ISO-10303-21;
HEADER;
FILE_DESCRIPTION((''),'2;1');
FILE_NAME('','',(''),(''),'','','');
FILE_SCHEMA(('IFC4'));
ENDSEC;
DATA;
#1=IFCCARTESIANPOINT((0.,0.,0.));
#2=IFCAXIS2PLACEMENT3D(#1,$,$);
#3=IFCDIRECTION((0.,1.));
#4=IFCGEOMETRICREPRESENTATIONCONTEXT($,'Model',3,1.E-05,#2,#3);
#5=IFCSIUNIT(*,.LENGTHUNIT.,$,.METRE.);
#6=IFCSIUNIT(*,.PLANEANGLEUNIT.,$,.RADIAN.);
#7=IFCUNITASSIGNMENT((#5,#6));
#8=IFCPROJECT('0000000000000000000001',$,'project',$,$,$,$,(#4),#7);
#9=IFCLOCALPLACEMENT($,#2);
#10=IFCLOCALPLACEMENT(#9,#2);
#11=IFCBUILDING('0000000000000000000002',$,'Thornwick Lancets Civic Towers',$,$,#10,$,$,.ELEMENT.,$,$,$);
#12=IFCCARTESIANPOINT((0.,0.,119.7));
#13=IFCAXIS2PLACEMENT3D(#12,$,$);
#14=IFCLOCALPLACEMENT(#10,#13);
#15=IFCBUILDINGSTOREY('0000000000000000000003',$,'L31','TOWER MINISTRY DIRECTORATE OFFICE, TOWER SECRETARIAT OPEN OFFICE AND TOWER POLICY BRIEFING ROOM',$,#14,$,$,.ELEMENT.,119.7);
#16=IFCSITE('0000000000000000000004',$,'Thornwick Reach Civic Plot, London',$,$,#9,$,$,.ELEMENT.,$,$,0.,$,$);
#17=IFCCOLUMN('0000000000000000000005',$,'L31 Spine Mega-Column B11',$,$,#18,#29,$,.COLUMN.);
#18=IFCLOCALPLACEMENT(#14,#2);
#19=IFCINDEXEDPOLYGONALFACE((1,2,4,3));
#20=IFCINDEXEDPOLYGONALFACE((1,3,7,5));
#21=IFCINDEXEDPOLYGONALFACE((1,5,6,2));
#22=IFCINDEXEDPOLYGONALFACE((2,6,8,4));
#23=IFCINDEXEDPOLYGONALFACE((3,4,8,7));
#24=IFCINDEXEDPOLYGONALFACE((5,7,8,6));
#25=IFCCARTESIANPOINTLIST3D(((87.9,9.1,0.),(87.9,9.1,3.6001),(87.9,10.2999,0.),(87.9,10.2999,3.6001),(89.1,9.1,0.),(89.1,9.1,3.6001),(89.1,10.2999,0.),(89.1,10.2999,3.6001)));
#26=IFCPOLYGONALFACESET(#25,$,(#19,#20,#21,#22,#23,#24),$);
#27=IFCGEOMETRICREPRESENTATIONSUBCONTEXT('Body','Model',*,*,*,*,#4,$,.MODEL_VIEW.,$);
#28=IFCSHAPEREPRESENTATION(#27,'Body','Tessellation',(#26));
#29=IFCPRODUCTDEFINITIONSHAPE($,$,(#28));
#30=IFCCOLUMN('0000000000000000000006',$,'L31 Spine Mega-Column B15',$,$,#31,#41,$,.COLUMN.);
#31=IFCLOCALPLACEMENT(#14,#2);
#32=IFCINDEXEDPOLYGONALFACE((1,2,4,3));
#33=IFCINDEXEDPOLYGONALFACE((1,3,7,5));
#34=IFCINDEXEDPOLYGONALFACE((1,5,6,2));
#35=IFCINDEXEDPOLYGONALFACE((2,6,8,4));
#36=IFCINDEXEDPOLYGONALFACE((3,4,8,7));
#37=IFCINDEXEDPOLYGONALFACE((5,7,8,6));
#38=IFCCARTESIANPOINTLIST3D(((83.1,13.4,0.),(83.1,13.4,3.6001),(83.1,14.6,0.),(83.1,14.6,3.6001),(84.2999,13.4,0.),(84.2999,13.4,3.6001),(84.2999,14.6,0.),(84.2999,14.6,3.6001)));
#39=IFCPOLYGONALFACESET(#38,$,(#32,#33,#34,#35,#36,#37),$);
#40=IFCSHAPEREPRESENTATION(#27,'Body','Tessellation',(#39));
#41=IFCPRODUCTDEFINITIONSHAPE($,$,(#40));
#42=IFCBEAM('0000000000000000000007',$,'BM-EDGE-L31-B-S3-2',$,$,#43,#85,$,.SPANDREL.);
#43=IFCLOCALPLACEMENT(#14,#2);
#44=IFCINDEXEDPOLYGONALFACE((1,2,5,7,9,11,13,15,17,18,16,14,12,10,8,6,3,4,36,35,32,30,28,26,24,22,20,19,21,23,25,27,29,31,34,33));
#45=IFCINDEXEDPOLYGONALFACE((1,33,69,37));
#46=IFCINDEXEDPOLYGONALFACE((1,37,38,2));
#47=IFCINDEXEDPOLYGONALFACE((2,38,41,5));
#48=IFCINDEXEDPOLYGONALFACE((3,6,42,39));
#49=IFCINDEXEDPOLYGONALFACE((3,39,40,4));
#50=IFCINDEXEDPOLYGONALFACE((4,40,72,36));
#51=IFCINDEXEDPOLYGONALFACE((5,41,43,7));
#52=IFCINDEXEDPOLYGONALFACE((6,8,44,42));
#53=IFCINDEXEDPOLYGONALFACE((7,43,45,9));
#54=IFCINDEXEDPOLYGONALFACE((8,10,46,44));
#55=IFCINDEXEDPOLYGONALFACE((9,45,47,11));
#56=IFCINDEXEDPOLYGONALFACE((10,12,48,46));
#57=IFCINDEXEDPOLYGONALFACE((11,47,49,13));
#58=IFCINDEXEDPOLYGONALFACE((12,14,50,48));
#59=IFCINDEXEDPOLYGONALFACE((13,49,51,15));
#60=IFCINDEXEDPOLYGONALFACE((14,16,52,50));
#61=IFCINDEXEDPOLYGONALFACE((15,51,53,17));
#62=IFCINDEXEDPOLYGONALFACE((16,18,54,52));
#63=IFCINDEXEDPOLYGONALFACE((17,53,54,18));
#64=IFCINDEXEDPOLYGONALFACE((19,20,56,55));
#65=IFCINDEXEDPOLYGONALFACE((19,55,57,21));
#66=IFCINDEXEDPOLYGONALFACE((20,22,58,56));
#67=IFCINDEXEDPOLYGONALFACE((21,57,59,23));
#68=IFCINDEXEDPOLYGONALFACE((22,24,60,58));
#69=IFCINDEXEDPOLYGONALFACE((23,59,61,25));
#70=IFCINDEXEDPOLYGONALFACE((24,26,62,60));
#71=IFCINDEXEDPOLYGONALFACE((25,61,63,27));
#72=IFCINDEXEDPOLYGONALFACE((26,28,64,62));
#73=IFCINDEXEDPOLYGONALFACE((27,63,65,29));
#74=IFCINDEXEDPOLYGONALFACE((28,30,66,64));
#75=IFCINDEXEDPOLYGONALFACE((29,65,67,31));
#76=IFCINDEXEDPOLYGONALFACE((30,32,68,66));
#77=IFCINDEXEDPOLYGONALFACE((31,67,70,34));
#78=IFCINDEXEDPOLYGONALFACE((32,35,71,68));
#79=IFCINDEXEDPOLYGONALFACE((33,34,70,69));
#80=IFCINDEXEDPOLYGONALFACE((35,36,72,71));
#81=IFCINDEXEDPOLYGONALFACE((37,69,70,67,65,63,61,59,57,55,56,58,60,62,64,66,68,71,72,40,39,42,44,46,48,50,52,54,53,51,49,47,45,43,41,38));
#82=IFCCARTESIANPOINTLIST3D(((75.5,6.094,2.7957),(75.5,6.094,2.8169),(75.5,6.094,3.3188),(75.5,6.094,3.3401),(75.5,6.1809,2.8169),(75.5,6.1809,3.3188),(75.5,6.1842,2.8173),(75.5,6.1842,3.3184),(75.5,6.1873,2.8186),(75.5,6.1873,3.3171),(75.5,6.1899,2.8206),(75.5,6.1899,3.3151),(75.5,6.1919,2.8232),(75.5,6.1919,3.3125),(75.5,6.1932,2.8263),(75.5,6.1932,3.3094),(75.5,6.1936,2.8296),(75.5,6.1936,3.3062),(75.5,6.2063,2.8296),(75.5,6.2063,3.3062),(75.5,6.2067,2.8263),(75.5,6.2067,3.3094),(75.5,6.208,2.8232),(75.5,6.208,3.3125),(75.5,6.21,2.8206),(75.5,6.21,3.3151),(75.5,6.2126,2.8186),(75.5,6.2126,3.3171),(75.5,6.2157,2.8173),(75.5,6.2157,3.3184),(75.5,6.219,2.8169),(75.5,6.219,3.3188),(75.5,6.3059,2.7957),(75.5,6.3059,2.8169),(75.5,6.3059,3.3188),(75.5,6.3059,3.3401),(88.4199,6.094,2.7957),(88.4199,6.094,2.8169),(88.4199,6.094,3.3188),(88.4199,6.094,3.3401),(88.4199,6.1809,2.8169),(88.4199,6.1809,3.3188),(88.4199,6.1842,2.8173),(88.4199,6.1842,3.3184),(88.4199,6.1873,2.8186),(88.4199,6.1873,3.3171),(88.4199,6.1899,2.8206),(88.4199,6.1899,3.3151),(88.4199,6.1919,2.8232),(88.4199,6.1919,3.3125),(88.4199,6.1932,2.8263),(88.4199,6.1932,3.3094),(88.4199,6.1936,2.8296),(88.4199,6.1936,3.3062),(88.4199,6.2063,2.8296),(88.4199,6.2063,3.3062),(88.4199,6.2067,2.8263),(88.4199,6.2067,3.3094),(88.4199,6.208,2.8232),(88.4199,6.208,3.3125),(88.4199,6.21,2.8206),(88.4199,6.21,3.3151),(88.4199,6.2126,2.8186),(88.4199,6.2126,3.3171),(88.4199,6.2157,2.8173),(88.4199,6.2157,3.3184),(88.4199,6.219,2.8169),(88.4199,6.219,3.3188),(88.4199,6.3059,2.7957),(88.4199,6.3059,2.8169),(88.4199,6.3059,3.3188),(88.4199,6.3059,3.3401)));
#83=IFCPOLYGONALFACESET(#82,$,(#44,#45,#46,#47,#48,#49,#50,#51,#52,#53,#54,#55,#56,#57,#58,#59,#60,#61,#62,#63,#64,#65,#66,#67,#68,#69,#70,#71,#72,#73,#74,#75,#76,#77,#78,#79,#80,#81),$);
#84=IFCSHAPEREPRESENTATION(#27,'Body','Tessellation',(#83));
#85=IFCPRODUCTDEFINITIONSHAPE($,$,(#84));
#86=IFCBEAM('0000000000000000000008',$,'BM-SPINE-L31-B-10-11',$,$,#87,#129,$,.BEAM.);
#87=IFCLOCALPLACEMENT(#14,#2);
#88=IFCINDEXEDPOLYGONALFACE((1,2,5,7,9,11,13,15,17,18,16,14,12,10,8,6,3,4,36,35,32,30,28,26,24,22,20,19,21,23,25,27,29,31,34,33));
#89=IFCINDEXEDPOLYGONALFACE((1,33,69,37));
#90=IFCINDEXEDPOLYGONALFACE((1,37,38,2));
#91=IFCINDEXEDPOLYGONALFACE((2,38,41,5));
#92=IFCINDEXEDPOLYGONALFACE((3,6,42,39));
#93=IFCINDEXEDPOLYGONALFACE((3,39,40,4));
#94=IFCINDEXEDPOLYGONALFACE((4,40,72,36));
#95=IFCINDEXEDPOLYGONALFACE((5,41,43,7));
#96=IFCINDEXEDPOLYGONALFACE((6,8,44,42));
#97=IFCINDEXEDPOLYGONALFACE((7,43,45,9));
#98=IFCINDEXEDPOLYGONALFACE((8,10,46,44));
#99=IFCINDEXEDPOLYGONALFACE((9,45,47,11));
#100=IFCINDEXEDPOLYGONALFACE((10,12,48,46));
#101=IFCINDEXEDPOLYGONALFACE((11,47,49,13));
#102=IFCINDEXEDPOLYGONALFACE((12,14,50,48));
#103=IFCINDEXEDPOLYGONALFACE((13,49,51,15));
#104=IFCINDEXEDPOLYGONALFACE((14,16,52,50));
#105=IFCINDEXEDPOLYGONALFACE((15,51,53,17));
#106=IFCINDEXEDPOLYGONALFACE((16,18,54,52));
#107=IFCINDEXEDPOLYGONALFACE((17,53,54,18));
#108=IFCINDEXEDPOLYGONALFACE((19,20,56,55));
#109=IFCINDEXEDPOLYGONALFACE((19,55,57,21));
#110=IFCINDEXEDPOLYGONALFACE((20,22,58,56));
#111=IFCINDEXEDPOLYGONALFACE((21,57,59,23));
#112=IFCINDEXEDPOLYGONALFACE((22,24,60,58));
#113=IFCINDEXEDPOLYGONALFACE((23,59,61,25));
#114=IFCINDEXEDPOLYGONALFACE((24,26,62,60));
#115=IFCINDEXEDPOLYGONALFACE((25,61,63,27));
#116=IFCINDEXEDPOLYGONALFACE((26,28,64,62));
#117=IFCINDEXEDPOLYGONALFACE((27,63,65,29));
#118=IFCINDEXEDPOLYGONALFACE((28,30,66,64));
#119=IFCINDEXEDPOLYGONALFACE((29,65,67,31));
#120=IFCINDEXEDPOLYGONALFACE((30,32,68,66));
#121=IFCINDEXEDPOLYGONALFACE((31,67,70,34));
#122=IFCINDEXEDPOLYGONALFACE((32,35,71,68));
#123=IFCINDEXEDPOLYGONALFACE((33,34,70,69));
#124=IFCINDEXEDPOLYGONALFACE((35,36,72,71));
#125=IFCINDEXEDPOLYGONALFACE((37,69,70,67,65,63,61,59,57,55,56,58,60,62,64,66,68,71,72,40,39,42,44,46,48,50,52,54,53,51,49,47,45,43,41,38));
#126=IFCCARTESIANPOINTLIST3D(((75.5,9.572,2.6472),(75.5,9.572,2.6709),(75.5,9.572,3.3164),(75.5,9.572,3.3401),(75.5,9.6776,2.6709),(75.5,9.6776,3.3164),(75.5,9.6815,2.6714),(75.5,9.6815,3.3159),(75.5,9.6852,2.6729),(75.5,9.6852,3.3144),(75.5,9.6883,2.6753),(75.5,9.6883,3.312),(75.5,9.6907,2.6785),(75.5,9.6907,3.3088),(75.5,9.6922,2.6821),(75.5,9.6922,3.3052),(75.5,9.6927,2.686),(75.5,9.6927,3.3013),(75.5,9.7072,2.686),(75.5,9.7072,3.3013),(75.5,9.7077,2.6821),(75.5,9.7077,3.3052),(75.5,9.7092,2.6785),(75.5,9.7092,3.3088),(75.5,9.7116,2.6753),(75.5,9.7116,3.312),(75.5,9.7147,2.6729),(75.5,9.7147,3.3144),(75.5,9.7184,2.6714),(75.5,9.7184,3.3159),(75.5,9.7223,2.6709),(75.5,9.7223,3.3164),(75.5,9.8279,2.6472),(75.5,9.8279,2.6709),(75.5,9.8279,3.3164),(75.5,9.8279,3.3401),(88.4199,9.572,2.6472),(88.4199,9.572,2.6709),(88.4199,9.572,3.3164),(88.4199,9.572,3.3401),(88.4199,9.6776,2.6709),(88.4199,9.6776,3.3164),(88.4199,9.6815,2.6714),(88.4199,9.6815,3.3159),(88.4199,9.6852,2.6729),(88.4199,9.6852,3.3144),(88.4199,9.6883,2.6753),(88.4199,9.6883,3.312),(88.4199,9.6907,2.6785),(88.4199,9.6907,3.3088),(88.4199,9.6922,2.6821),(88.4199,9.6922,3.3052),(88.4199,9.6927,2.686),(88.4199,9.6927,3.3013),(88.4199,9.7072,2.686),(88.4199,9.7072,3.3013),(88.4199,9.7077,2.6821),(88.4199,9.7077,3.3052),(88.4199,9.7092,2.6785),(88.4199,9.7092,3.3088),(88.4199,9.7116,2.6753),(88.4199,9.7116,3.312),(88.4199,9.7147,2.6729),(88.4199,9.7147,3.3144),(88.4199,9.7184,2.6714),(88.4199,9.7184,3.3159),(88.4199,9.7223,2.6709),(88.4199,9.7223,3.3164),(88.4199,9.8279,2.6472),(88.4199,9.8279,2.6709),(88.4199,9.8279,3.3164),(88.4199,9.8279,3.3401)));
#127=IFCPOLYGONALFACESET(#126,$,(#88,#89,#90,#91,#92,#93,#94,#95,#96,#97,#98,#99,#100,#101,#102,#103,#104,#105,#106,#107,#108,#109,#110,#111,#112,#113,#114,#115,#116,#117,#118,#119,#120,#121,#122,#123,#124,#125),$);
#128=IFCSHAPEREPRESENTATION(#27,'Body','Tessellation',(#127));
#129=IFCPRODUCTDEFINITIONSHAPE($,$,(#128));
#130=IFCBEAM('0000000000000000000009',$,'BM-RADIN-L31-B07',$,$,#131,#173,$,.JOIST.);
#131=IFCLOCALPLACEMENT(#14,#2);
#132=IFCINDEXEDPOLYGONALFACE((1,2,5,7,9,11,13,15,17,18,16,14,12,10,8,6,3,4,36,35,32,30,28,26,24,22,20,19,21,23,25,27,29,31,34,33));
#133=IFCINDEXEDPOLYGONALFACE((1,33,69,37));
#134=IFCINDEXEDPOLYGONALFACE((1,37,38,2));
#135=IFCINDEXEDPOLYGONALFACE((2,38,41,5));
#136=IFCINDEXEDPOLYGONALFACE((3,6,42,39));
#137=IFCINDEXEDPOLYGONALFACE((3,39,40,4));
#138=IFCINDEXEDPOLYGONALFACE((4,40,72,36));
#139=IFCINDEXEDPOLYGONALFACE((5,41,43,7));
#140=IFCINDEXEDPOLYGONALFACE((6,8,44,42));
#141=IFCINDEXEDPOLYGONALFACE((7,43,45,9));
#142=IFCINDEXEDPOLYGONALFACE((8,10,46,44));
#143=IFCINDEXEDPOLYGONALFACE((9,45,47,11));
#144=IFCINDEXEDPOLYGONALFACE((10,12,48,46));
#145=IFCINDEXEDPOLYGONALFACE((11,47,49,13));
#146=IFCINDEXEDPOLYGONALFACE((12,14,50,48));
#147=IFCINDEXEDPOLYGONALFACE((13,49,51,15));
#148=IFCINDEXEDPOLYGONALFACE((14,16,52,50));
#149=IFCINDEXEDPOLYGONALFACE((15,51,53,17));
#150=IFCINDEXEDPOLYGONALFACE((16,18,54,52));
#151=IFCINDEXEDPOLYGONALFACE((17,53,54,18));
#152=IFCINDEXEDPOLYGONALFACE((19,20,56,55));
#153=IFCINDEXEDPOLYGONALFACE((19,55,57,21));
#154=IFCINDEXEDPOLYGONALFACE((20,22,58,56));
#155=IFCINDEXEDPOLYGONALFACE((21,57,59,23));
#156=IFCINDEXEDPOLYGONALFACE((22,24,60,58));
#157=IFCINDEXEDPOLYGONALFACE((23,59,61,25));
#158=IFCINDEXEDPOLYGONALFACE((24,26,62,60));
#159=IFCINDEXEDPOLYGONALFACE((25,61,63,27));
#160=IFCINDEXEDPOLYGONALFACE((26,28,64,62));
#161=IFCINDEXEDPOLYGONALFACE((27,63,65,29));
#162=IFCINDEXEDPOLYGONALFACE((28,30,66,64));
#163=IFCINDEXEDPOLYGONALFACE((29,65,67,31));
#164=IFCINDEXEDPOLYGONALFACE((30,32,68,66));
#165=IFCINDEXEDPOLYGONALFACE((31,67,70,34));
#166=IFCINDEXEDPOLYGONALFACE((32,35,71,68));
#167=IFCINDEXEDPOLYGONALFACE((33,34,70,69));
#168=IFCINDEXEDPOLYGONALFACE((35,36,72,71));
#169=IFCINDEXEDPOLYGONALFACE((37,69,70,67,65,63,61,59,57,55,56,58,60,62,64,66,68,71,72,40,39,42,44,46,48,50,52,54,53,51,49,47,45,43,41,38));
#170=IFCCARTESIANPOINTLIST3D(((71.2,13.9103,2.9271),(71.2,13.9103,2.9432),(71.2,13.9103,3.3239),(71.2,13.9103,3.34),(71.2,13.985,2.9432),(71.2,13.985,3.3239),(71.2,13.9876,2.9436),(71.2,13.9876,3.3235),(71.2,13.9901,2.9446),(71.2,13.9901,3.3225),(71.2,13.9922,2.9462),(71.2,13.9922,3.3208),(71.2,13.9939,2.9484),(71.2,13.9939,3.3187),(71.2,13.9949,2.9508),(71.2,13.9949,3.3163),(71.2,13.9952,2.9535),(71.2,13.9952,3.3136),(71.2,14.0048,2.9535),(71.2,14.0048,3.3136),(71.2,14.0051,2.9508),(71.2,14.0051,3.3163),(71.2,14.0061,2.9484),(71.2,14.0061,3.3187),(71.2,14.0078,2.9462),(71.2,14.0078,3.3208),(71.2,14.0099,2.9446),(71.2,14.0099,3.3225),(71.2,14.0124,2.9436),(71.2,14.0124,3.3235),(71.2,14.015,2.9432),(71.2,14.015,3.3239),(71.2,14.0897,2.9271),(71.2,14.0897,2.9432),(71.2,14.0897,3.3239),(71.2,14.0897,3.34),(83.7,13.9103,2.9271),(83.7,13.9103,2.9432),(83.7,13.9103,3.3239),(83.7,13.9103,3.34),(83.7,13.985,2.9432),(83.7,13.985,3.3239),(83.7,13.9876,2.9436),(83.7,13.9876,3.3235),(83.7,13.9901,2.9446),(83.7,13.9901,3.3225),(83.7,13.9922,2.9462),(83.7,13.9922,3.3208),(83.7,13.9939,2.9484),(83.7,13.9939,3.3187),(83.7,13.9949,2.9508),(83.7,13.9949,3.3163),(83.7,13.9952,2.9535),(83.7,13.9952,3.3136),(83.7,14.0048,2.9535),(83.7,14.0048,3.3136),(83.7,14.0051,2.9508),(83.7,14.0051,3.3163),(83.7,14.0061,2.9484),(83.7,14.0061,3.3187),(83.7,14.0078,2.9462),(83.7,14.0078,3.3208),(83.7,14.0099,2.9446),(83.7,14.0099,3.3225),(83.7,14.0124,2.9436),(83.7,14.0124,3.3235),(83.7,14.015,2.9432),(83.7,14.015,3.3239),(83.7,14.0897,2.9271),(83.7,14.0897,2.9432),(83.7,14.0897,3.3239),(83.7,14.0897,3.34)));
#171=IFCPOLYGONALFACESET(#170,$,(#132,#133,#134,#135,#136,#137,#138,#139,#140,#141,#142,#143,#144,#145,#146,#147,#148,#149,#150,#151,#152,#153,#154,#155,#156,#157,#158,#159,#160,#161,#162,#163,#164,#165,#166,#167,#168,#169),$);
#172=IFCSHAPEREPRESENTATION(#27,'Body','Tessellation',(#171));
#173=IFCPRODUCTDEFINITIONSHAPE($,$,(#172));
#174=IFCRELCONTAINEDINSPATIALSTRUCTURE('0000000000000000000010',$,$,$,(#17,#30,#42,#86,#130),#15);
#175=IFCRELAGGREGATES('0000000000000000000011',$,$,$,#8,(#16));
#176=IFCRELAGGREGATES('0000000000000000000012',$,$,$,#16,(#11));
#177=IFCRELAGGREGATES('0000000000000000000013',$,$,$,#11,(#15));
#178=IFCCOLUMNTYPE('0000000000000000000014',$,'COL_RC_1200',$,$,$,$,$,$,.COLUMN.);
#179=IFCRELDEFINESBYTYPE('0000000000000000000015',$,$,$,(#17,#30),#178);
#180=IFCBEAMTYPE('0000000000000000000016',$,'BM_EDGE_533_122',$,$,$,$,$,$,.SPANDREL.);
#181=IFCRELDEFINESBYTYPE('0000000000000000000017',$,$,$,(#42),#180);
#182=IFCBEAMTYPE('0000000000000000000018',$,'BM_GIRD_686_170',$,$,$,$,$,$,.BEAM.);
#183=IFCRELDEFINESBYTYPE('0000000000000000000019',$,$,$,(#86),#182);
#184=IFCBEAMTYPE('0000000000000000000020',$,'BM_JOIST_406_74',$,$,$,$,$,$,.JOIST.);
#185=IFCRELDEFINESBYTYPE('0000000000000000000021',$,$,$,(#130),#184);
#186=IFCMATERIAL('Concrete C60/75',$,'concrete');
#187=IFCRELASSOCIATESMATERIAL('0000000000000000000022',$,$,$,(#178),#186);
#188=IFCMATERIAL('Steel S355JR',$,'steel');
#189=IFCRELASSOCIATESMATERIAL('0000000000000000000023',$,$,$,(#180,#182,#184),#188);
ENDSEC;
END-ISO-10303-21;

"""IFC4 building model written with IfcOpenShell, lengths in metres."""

from ifc_helpers import new_model, si_unit, direction, frame, origin, origin_2d, place, context, subcontext, project, spatial, rectangle, i_section, extrude, material, material_profile, profile_set, type_object, element, save


model = new_model("IFC4")

# Units and contexts
model_context = context("Model", 3, precision=1e-05, world=origin(), true_north=direction((0.0, 1.0)))
body_context = subcontext(model_context, "Body", "Model", "MODEL_VIEW")
ifc_project = project(units=[si_unit("LENGTHUNIT", "METRE"), si_unit("PLANEANGLEUNIT", "RADIAN")], contexts=[model_context])

# Site, building, storey
site_placement = place(None, origin())
site = spatial("IfcSite", under=ifc_project, at=site_placement, Name="Thornwick Reach Civic Plot, London", CompositionType="ELEMENT", RefElevation=0.0)
building_placement = place(site_placement, origin())
building = spatial("IfcBuilding", under=site, at=building_placement, Name="Thornwick Lancets Civic Towers", CompositionType="ELEMENT")
storey_placement = place(building_placement, frame((0.0, 0.0, 119.7)))
storey = spatial("IfcBuildingStorey", under=building, at=storey_placement, Name="L31", Description="TOWER MINISTRY DIRECTORATE OFFICE, TOWER SECRETARIAT OPEN OFFICE AND TOWER POLICY BRIEFING ROOM", CompositionType="ELEMENT", Elevation=119.7)

# Columns
ifc_material_1 = material(Name="Concrete C60/75", Category="concrete")
ifc_material_profile_1 = material_profile(ifc_material_1, rectangle(XDim=1.2, YDim=1.2, at=origin_2d()), Name="RC 1200x1200")
ifc_profile_set_1 = profile_set([ifc_material_profile_1], Name="Concrete C60/75")
column_type = type_object("IfcColumnType", Name="COL_RC_1200", PredefinedType="COLUMN", material=ifc_profile_set_1)
for number, where, z_axis, x_axis, name in (
    (1, (88.5, 9.7, 0.0), (0.0, 0.0, 1.0), (1.0, 0.0, 0.0), "L31 Spine Mega-Column B11"),
    (2, (83.7, 14.0, 0.0), (0.0, 0.0, 1.0), (1.0, 0.0, 0.0), "L31 Spine Mega-Column B15"),
):
    element("IfcColumn", number, at=place(storey_placement, frame(where, z_axis=z_axis, x_axis=x_axis)), inside=storey, type_object=column_type, Name=name, PredefinedType="COLUMN", context=body_context, shape_type="SweptSolid", body=[
        extrude(rectangle(XDim=1.2, YDim=1.2, at=origin_2d()), origin(), (0.0, 0.0, 1.0), 3.6001),
    ])

# Beams
ifc_material_2 = material(Name="Steel S355JR", Category="steel")
ifc_material_profile_2 = material_profile(ifc_material_2, i_section(OverallWidth=0.2119, OverallDepth=0.5444, WebThickness=0.0127, FlangeThickness=0.0212, FilletRadius=0.0127, at=origin_2d()), Name="UKB 533x210x122")
ifc_profile_set_2 = profile_set([ifc_material_profile_2], Name="Steel S355JR")
beam_type_1 = type_object("IfcBeamType", Name="BM_EDGE_533_122", PredefinedType="SPANDREL", material=ifc_profile_set_2)
beam_1_placement = place(storey_placement, frame((88.4199, 6.2, 3.0679), z_axis=(-1.0, 0.0, 0.0), x_axis=(0.0, -1.0, 0.0)))
element("IfcBeam", 3, at=beam_1_placement, inside=storey, type_object=beam_type_1, Name="BM-EDGE-L31-B-S3-2", PredefinedType="SPANDREL", context=body_context, shape_type="SweptSolid", body=[
    extrude(i_section(OverallWidth=0.2119, OverallDepth=0.5444, WebThickness=0.0127, FlangeThickness=0.0212, FilletRadius=0.0127, at=origin_2d()), origin(), (0.0, 0.0, 1.0), 12.9199),
])
ifc_material_profile_3 = material_profile(ifc_material_2, i_section(OverallWidth=0.2559, OverallDepth=0.6929, WebThickness=0.0144, FlangeThickness=0.0237, FilletRadius=0.0151, at=origin_2d()), Name="UKB 686x254x170")
ifc_profile_set_3 = profile_set([ifc_material_profile_3], Name="Steel S355JR")
beam_type_2 = type_object("IfcBeamType", Name="BM_GIRD_686_170", PredefinedType="BEAM", material=ifc_profile_set_3)
beam_2_placement = place(storey_placement, frame((88.4199, 9.7, 2.9937), z_axis=(-1.0, 0.0, 0.0), x_axis=(0.0, -1.0, 0.0)))
element("IfcBeam", 4, at=beam_2_placement, inside=storey, type_object=beam_type_2, Name="BM-SPINE-L31-B-10-11", PredefinedType="BEAM", context=body_context, shape_type="SweptSolid", body=[
    extrude(i_section(OverallWidth=0.2559, OverallDepth=0.6929, WebThickness=0.0144, FlangeThickness=0.0237, FilletRadius=0.0151, at=origin_2d()), origin(), (0.0, 0.0, 1.0), 12.9199),
])
ifc_material_profile_4 = material_profile(ifc_material_2, i_section(OverallWidth=0.1794, OverallDepth=0.4128, WebThickness=0.0095, FlangeThickness=0.0161, FilletRadius=0.0103, at=origin_2d()), Name="UKB 406x178x74")
ifc_profile_set_4 = profile_set([ifc_material_profile_4], Name="Steel S355JR")
beam_type_3 = type_object("IfcBeamType", Name="BM_JOIST_406_74", PredefinedType="JOIST", material=ifc_profile_set_4)
beam_3_placement = place(storey_placement, frame((83.7, 14.0, 3.1335), z_axis=(-1.0, 0.0, 0.0), x_axis=(0.0, -1.0, 0.0)))
element("IfcBeam", 5, at=beam_3_placement, inside=storey, type_object=beam_type_3, Name="BM-RADIN-L31-B07", PredefinedType="JOIST", context=body_context, shape_type="SweptSolid", body=[
    extrude(i_section(OverallWidth=0.1794, OverallDepth=0.4128, WebThickness=0.0095, FlangeThickness=0.0161, FilletRadius=0.0103, at=origin_2d()), origin(), (0.0, 0.0, 1.0), 12.5),
])

save(model, "model.ifc")
